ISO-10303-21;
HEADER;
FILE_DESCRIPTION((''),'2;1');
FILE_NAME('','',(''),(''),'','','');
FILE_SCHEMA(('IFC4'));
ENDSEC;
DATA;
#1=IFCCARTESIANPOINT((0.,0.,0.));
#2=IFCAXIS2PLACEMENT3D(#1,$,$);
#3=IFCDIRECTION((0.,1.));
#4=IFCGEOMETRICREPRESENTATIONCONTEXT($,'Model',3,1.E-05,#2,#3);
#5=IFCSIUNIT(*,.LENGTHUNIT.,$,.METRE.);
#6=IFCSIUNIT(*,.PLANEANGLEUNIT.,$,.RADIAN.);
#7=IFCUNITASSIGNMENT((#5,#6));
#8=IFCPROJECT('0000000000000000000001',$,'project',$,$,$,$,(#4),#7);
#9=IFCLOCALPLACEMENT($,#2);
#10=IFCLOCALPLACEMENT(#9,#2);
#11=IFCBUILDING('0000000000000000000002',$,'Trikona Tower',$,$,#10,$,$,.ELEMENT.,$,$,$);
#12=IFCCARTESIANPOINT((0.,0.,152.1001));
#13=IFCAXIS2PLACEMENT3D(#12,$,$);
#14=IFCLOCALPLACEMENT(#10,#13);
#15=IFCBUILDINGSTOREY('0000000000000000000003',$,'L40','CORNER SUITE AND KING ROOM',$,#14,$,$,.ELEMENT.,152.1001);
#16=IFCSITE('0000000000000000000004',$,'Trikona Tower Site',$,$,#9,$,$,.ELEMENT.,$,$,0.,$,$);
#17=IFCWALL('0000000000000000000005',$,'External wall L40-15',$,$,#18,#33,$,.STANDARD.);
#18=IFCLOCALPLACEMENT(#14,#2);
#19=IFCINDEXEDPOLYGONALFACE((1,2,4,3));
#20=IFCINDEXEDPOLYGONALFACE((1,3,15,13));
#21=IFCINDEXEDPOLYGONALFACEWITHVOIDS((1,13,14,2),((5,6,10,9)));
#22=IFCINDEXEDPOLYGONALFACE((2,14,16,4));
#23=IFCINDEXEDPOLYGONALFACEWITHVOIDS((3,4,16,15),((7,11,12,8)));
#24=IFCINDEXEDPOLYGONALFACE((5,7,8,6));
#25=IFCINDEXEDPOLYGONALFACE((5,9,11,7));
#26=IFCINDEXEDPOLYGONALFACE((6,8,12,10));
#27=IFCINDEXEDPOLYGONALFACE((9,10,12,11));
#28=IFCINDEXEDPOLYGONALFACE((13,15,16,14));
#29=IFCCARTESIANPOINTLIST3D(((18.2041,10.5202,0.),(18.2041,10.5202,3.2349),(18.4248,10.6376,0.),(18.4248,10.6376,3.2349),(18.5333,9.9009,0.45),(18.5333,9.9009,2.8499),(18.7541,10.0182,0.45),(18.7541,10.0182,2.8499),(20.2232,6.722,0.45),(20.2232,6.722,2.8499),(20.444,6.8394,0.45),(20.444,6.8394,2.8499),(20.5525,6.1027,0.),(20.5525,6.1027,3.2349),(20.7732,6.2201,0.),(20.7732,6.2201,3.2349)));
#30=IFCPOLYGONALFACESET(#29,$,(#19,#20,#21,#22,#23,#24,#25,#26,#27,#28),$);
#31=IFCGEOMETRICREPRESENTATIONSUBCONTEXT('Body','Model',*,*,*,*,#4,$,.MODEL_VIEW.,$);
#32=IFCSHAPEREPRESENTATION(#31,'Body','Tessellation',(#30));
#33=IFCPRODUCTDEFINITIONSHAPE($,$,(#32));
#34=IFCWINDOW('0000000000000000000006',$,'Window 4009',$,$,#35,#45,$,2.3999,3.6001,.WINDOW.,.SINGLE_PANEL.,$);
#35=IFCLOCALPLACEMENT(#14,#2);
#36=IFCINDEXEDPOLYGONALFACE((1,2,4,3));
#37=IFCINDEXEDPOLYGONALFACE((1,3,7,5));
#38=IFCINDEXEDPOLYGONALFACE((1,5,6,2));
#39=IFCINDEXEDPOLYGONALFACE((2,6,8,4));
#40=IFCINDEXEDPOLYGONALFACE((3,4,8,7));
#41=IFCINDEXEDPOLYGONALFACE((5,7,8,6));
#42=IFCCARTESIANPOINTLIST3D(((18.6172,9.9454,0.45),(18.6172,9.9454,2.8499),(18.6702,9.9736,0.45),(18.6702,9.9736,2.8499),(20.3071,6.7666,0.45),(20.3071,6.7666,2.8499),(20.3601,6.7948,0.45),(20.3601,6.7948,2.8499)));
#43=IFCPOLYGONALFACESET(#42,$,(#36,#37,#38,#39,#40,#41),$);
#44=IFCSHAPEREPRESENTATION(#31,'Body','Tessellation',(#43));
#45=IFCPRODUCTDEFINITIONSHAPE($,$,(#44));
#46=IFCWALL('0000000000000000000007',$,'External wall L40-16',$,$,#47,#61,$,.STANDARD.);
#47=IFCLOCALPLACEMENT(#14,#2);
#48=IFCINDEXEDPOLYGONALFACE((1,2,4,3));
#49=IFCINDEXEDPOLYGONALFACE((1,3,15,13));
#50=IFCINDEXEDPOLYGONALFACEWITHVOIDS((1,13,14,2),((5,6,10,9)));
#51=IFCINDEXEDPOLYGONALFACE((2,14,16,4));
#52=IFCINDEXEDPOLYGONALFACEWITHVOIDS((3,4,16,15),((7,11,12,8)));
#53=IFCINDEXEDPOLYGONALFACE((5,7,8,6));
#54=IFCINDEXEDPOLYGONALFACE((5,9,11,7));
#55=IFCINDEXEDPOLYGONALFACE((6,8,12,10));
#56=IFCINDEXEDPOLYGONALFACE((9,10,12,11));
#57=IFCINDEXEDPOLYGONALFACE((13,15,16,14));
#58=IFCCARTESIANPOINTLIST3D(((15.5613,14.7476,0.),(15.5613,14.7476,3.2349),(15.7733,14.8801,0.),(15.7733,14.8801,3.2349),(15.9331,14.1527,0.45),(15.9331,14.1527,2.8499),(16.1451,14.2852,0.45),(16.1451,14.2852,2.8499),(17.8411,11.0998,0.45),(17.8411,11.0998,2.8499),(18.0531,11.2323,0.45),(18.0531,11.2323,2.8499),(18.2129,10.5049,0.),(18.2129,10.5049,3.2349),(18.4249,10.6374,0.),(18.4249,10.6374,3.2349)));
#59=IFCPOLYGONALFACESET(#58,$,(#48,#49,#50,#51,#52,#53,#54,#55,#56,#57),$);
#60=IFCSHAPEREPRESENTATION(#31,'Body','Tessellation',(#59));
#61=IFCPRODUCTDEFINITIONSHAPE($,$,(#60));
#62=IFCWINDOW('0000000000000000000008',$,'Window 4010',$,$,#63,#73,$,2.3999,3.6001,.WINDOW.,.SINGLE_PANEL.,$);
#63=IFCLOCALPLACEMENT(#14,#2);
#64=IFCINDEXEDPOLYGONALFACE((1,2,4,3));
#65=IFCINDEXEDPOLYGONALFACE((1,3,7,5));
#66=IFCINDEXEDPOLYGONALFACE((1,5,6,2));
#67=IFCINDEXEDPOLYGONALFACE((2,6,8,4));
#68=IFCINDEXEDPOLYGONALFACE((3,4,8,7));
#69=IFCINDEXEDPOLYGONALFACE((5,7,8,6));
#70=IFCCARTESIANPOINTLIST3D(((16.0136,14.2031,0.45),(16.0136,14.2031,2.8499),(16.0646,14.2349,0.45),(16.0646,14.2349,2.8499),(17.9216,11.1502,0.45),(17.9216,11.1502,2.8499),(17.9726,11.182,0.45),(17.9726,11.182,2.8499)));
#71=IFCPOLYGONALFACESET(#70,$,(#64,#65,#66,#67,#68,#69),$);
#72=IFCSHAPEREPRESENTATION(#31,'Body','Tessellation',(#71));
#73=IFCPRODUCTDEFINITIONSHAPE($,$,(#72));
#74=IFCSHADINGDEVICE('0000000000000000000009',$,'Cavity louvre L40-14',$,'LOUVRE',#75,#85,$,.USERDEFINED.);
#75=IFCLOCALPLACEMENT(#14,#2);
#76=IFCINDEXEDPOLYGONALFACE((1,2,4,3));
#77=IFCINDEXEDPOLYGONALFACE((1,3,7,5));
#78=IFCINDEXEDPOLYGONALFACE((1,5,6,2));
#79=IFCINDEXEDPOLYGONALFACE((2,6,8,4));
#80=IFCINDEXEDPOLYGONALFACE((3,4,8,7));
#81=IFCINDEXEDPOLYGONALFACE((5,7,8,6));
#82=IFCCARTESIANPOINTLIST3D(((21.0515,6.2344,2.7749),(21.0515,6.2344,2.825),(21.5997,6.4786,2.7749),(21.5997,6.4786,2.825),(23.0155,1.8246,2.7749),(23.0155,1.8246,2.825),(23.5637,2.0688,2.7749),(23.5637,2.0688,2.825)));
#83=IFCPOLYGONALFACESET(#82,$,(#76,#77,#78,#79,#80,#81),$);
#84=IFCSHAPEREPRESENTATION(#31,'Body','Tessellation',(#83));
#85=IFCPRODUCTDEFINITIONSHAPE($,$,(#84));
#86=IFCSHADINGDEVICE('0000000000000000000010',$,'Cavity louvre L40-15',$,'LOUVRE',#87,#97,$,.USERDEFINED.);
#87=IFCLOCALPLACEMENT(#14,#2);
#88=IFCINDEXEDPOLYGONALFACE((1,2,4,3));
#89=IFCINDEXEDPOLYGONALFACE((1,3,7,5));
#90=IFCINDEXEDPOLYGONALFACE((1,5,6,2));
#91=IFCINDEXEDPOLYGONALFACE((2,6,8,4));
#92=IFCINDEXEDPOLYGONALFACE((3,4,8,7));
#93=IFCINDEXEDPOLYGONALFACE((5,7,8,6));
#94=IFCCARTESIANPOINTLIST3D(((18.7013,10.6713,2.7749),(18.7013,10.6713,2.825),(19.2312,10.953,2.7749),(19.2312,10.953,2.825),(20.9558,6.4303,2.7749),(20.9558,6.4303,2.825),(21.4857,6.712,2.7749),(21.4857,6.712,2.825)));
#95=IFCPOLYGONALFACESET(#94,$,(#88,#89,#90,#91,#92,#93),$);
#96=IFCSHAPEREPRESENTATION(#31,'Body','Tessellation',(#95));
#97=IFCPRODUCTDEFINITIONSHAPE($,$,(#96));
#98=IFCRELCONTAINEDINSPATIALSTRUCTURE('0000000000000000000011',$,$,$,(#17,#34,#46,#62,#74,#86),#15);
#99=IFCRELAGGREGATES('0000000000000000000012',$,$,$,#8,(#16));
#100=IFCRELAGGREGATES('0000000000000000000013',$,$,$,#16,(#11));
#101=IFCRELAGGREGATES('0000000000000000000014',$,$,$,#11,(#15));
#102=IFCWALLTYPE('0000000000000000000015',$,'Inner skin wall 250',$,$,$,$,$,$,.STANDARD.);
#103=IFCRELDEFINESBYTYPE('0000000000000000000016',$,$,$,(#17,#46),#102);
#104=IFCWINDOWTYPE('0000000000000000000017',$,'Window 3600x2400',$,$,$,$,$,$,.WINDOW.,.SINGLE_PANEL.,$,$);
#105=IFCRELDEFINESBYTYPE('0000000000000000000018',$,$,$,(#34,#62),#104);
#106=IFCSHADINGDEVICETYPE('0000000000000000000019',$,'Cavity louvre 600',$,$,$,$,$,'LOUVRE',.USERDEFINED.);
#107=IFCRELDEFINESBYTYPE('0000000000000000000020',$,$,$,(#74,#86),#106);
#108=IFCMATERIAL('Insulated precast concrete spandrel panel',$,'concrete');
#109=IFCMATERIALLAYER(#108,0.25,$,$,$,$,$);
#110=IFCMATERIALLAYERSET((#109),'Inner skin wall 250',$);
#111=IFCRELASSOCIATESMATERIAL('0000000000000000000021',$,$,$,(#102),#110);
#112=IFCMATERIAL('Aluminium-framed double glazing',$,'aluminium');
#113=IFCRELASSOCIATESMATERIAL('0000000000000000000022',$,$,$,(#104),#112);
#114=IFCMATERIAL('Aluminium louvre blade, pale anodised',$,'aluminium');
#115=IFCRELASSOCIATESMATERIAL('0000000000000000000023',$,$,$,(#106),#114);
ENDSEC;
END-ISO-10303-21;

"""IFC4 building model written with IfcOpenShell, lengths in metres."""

from ifc_helpers import new_model, si_unit, direction, frame, frame_2d, origin, origin_2d, place, context, subcontext, project, spatial, rectangle, extrude, material, layer, layer_set, type_object, element, fill, save


model = new_model("IFC4")

# Units and contexts
model_context = context("Model", 3, precision=1e-05, world=origin(), true_north=direction((0.0, 1.0)))
body_context = subcontext(model_context, "Body", "Model", "MODEL_VIEW")
ifc_project = project(units=[si_unit("LENGTHUNIT", "METRE"), si_unit("PLANEANGLEUNIT", "RADIAN")], contexts=[model_context])

# Site, building, storey
site_placement = place(None, origin())
site = spatial("IfcSite", under=ifc_project, at=site_placement, Name="Trikona Tower Site", CompositionType="ELEMENT", RefElevation=0.0)
building_placement = place(site_placement, origin())
building = spatial("IfcBuilding", under=site, at=building_placement, Name="Trikona Tower", CompositionType="ELEMENT")
storey_placement = place(building_placement, frame((0.0, 0.0, 152.1001)))
storey = spatial("IfcBuildingStorey", under=building, at=storey_placement, Name="L40", Description="CORNER SUITE AND KING ROOM", CompositionType="ELEMENT", Elevation=152.1001)

# Walls, openings, windows
ifc_material_1 = material(Name="Insulated precast concrete spandrel panel", Category="concrete")
ifc_layer_1 = layer(ifc_material_1, 0.25)
ifc_layer_set_1 = layer_set([ifc_layer_1], Name="Inner skin wall 250")
wall_type_1 = type_object("IfcWallType", Name="Inner skin wall 250", PredefinedType="STANDARD", material=ifc_layer_set_1)
ifc_material_2 = material(Name="Aluminium-framed double glazing", Category="aluminium")
window_type = type_object("IfcWindowType", Name="Window 3600x2400", PartitioningType="SINGLE_PANEL", PredefinedType="WINDOW", material=ifc_material_2)
wall_1_placement = place(storey_placement, frame((20.6628, 6.1614, 0.0), z_axis=(0.0, 0.0, 1.0), x_axis=(-0.469405, 0.882983, 0.0)))
wall_1 = element("IfcWall", 1, at=wall_1_placement, inside=storey, type_object=wall_type_1, Name="External wall L40-15", PredefinedType="STANDARD", context=body_context, shape_type="SweptSolid", body=[
    extrude(rectangle(XDim=5.0029, YDim=0.25, at=frame_2d((2.5015, 0.0))), origin(), (0.0, 0.0, 1.0), 3.2349),
])
opening_1_placement = place(wall_1_placement, frame((0.7014, 0.0, 0.45)))
opening_1 = element("IfcOpeningElement", 2, at=opening_1_placement, cuts=wall_1, PredefinedType="OPENING", context=body_context, shape_type="SweptSolid", body=[
    extrude(rectangle(XDim=3.6001, YDim=2.3999, at=frame_2d((1.8, 1.2))), frame((0.0, 0.135, 0.0), z_axis=(0.0, -1.0, 0.0), x_axis=(1.0, 0.0, 0.0)), (0.0, 0.0, 1.0), 0.27),
])
window_1_placement = place(opening_1_placement, origin())
window_1 = element("IfcWindow", 3, at=window_1_placement, inside=storey, type_object=window_type, Name="Window 4009", OverallHeight=2.3999, OverallWidth=3.6001, PartitioningType="SINGLE_PANEL", PredefinedType="WINDOW", context=body_context, shape_type="SweptSolid", body=[
    extrude(rectangle(XDim=3.6001, YDim=2.3999, at=frame_2d((1.8, 1.2))), frame((0.0, 0.03, 0.0), z_axis=(0.0, -1.0, 0.0), x_axis=(1.0, 0.0, 0.0)), (0.0, 0.0, 1.0), 0.0601),
])
fill(opening_1, window_1)
wall_2_placement = place(storey_placement, frame((18.3188, 10.5713, 0.0), z_axis=(0.0, 0.0, 1.0), x_axis=(-0.52999, 0.848004, 0.0)))
wall_2 = element("IfcWall", 4, at=wall_2_placement, inside=storey, type_object=wall_type_1, Name="External wall L40-16", PredefinedType="STANDARD", context=body_context, shape_type="SweptSolid", body=[
    extrude(rectangle(XDim=5.0032, YDim=0.25, at=frame_2d((2.5015, 0.0))), origin(), (0.0, 0.0, 1.0), 3.2349),
])
opening_2_placement = place(wall_2_placement, frame((0.7014, 0.0, 0.45)))
opening_2 = element("IfcOpeningElement", 5, at=opening_2_placement, cuts=wall_2, PredefinedType="OPENING", context=body_context, shape_type="SweptSolid", body=[
    extrude(rectangle(XDim=3.6001, YDim=2.3999, at=frame_2d((1.8, 1.2))), frame((0.0, 0.135, 0.0), z_axis=(0.0, -1.0, 0.0), x_axis=(1.0, 0.0, 0.0)), (0.0, 0.0, 1.0), 0.27),
])
window_2_placement = place(opening_2_placement, origin())
window_2 = element("IfcWindow", 6, at=window_2_placement, inside=storey, type_object=window_type, Name="Window 4010", OverallHeight=2.3999, OverallWidth=3.6001, PartitioningType="SINGLE_PANEL", PredefinedType="WINDOW", context=body_context, shape_type="SweptSolid", body=[
    extrude(rectangle(XDim=3.6001, YDim=2.3999, at=frame_2d((1.8, 1.2))), frame((0.0, 0.03, 0.0), z_axis=(0.0, -1.0, 0.0), x_axis=(1.0, 0.0, 0.0)), (0.0, 0.0, 1.0), 0.0601),
])
fill(opening_2, window_2)

# Shading devices
ifc_material_3 = material(Name="Aluminium louvre blade, pale anodised", Category="aluminium")
shading_device_type = type_object("IfcShadingDeviceType", Name="Cavity louvre 600", ElementType="LOUVRE", PredefinedType="USERDEFINED", material=ifc_material_3)
shading_device_1_placement = place(storey_placement, frame((22.3076, 4.1516, 2.7749), z_axis=(0.0, 0.0, 1.0), x_axis=(-0.406843, 0.913498, 0.0)))
element("IfcShadingDevice", 7, at=shading_device_1_placement, inside=storey, type_object=shading_device_type, Name="Cavity louvre L40-14", ObjectType="LOUVRE", PredefinedType="USERDEFINED", context=body_context, shape_type="SweptSolid", body=[
    extrude(rectangle(XDim=4.8274, YDim=0.6001, at=origin_2d()), origin(), (0.0, 0.0, 1.0), 0.05),
])
shading_device_2_placement = place(storey_placement, frame((20.0935, 8.6917, 2.7749), z_axis=(0.0, 0.0, 1.0), x_axis=(-0.469398, 0.882987, 0.0)))
element("IfcShadingDevice", 8, at=shading_device_2_placement, inside=storey, type_object=shading_device_type, Name="Cavity louvre L40-15", ObjectType="LOUVRE", PredefinedType="USERDEFINED", context=body_context, shape_type="SweptSolid", body=[
    extrude(rectangle(XDim=4.803, YDim=0.6001, at=origin_2d()), origin(), (0.0, 0.0, 1.0), 0.05),
])

save(model, "model.ifc")
